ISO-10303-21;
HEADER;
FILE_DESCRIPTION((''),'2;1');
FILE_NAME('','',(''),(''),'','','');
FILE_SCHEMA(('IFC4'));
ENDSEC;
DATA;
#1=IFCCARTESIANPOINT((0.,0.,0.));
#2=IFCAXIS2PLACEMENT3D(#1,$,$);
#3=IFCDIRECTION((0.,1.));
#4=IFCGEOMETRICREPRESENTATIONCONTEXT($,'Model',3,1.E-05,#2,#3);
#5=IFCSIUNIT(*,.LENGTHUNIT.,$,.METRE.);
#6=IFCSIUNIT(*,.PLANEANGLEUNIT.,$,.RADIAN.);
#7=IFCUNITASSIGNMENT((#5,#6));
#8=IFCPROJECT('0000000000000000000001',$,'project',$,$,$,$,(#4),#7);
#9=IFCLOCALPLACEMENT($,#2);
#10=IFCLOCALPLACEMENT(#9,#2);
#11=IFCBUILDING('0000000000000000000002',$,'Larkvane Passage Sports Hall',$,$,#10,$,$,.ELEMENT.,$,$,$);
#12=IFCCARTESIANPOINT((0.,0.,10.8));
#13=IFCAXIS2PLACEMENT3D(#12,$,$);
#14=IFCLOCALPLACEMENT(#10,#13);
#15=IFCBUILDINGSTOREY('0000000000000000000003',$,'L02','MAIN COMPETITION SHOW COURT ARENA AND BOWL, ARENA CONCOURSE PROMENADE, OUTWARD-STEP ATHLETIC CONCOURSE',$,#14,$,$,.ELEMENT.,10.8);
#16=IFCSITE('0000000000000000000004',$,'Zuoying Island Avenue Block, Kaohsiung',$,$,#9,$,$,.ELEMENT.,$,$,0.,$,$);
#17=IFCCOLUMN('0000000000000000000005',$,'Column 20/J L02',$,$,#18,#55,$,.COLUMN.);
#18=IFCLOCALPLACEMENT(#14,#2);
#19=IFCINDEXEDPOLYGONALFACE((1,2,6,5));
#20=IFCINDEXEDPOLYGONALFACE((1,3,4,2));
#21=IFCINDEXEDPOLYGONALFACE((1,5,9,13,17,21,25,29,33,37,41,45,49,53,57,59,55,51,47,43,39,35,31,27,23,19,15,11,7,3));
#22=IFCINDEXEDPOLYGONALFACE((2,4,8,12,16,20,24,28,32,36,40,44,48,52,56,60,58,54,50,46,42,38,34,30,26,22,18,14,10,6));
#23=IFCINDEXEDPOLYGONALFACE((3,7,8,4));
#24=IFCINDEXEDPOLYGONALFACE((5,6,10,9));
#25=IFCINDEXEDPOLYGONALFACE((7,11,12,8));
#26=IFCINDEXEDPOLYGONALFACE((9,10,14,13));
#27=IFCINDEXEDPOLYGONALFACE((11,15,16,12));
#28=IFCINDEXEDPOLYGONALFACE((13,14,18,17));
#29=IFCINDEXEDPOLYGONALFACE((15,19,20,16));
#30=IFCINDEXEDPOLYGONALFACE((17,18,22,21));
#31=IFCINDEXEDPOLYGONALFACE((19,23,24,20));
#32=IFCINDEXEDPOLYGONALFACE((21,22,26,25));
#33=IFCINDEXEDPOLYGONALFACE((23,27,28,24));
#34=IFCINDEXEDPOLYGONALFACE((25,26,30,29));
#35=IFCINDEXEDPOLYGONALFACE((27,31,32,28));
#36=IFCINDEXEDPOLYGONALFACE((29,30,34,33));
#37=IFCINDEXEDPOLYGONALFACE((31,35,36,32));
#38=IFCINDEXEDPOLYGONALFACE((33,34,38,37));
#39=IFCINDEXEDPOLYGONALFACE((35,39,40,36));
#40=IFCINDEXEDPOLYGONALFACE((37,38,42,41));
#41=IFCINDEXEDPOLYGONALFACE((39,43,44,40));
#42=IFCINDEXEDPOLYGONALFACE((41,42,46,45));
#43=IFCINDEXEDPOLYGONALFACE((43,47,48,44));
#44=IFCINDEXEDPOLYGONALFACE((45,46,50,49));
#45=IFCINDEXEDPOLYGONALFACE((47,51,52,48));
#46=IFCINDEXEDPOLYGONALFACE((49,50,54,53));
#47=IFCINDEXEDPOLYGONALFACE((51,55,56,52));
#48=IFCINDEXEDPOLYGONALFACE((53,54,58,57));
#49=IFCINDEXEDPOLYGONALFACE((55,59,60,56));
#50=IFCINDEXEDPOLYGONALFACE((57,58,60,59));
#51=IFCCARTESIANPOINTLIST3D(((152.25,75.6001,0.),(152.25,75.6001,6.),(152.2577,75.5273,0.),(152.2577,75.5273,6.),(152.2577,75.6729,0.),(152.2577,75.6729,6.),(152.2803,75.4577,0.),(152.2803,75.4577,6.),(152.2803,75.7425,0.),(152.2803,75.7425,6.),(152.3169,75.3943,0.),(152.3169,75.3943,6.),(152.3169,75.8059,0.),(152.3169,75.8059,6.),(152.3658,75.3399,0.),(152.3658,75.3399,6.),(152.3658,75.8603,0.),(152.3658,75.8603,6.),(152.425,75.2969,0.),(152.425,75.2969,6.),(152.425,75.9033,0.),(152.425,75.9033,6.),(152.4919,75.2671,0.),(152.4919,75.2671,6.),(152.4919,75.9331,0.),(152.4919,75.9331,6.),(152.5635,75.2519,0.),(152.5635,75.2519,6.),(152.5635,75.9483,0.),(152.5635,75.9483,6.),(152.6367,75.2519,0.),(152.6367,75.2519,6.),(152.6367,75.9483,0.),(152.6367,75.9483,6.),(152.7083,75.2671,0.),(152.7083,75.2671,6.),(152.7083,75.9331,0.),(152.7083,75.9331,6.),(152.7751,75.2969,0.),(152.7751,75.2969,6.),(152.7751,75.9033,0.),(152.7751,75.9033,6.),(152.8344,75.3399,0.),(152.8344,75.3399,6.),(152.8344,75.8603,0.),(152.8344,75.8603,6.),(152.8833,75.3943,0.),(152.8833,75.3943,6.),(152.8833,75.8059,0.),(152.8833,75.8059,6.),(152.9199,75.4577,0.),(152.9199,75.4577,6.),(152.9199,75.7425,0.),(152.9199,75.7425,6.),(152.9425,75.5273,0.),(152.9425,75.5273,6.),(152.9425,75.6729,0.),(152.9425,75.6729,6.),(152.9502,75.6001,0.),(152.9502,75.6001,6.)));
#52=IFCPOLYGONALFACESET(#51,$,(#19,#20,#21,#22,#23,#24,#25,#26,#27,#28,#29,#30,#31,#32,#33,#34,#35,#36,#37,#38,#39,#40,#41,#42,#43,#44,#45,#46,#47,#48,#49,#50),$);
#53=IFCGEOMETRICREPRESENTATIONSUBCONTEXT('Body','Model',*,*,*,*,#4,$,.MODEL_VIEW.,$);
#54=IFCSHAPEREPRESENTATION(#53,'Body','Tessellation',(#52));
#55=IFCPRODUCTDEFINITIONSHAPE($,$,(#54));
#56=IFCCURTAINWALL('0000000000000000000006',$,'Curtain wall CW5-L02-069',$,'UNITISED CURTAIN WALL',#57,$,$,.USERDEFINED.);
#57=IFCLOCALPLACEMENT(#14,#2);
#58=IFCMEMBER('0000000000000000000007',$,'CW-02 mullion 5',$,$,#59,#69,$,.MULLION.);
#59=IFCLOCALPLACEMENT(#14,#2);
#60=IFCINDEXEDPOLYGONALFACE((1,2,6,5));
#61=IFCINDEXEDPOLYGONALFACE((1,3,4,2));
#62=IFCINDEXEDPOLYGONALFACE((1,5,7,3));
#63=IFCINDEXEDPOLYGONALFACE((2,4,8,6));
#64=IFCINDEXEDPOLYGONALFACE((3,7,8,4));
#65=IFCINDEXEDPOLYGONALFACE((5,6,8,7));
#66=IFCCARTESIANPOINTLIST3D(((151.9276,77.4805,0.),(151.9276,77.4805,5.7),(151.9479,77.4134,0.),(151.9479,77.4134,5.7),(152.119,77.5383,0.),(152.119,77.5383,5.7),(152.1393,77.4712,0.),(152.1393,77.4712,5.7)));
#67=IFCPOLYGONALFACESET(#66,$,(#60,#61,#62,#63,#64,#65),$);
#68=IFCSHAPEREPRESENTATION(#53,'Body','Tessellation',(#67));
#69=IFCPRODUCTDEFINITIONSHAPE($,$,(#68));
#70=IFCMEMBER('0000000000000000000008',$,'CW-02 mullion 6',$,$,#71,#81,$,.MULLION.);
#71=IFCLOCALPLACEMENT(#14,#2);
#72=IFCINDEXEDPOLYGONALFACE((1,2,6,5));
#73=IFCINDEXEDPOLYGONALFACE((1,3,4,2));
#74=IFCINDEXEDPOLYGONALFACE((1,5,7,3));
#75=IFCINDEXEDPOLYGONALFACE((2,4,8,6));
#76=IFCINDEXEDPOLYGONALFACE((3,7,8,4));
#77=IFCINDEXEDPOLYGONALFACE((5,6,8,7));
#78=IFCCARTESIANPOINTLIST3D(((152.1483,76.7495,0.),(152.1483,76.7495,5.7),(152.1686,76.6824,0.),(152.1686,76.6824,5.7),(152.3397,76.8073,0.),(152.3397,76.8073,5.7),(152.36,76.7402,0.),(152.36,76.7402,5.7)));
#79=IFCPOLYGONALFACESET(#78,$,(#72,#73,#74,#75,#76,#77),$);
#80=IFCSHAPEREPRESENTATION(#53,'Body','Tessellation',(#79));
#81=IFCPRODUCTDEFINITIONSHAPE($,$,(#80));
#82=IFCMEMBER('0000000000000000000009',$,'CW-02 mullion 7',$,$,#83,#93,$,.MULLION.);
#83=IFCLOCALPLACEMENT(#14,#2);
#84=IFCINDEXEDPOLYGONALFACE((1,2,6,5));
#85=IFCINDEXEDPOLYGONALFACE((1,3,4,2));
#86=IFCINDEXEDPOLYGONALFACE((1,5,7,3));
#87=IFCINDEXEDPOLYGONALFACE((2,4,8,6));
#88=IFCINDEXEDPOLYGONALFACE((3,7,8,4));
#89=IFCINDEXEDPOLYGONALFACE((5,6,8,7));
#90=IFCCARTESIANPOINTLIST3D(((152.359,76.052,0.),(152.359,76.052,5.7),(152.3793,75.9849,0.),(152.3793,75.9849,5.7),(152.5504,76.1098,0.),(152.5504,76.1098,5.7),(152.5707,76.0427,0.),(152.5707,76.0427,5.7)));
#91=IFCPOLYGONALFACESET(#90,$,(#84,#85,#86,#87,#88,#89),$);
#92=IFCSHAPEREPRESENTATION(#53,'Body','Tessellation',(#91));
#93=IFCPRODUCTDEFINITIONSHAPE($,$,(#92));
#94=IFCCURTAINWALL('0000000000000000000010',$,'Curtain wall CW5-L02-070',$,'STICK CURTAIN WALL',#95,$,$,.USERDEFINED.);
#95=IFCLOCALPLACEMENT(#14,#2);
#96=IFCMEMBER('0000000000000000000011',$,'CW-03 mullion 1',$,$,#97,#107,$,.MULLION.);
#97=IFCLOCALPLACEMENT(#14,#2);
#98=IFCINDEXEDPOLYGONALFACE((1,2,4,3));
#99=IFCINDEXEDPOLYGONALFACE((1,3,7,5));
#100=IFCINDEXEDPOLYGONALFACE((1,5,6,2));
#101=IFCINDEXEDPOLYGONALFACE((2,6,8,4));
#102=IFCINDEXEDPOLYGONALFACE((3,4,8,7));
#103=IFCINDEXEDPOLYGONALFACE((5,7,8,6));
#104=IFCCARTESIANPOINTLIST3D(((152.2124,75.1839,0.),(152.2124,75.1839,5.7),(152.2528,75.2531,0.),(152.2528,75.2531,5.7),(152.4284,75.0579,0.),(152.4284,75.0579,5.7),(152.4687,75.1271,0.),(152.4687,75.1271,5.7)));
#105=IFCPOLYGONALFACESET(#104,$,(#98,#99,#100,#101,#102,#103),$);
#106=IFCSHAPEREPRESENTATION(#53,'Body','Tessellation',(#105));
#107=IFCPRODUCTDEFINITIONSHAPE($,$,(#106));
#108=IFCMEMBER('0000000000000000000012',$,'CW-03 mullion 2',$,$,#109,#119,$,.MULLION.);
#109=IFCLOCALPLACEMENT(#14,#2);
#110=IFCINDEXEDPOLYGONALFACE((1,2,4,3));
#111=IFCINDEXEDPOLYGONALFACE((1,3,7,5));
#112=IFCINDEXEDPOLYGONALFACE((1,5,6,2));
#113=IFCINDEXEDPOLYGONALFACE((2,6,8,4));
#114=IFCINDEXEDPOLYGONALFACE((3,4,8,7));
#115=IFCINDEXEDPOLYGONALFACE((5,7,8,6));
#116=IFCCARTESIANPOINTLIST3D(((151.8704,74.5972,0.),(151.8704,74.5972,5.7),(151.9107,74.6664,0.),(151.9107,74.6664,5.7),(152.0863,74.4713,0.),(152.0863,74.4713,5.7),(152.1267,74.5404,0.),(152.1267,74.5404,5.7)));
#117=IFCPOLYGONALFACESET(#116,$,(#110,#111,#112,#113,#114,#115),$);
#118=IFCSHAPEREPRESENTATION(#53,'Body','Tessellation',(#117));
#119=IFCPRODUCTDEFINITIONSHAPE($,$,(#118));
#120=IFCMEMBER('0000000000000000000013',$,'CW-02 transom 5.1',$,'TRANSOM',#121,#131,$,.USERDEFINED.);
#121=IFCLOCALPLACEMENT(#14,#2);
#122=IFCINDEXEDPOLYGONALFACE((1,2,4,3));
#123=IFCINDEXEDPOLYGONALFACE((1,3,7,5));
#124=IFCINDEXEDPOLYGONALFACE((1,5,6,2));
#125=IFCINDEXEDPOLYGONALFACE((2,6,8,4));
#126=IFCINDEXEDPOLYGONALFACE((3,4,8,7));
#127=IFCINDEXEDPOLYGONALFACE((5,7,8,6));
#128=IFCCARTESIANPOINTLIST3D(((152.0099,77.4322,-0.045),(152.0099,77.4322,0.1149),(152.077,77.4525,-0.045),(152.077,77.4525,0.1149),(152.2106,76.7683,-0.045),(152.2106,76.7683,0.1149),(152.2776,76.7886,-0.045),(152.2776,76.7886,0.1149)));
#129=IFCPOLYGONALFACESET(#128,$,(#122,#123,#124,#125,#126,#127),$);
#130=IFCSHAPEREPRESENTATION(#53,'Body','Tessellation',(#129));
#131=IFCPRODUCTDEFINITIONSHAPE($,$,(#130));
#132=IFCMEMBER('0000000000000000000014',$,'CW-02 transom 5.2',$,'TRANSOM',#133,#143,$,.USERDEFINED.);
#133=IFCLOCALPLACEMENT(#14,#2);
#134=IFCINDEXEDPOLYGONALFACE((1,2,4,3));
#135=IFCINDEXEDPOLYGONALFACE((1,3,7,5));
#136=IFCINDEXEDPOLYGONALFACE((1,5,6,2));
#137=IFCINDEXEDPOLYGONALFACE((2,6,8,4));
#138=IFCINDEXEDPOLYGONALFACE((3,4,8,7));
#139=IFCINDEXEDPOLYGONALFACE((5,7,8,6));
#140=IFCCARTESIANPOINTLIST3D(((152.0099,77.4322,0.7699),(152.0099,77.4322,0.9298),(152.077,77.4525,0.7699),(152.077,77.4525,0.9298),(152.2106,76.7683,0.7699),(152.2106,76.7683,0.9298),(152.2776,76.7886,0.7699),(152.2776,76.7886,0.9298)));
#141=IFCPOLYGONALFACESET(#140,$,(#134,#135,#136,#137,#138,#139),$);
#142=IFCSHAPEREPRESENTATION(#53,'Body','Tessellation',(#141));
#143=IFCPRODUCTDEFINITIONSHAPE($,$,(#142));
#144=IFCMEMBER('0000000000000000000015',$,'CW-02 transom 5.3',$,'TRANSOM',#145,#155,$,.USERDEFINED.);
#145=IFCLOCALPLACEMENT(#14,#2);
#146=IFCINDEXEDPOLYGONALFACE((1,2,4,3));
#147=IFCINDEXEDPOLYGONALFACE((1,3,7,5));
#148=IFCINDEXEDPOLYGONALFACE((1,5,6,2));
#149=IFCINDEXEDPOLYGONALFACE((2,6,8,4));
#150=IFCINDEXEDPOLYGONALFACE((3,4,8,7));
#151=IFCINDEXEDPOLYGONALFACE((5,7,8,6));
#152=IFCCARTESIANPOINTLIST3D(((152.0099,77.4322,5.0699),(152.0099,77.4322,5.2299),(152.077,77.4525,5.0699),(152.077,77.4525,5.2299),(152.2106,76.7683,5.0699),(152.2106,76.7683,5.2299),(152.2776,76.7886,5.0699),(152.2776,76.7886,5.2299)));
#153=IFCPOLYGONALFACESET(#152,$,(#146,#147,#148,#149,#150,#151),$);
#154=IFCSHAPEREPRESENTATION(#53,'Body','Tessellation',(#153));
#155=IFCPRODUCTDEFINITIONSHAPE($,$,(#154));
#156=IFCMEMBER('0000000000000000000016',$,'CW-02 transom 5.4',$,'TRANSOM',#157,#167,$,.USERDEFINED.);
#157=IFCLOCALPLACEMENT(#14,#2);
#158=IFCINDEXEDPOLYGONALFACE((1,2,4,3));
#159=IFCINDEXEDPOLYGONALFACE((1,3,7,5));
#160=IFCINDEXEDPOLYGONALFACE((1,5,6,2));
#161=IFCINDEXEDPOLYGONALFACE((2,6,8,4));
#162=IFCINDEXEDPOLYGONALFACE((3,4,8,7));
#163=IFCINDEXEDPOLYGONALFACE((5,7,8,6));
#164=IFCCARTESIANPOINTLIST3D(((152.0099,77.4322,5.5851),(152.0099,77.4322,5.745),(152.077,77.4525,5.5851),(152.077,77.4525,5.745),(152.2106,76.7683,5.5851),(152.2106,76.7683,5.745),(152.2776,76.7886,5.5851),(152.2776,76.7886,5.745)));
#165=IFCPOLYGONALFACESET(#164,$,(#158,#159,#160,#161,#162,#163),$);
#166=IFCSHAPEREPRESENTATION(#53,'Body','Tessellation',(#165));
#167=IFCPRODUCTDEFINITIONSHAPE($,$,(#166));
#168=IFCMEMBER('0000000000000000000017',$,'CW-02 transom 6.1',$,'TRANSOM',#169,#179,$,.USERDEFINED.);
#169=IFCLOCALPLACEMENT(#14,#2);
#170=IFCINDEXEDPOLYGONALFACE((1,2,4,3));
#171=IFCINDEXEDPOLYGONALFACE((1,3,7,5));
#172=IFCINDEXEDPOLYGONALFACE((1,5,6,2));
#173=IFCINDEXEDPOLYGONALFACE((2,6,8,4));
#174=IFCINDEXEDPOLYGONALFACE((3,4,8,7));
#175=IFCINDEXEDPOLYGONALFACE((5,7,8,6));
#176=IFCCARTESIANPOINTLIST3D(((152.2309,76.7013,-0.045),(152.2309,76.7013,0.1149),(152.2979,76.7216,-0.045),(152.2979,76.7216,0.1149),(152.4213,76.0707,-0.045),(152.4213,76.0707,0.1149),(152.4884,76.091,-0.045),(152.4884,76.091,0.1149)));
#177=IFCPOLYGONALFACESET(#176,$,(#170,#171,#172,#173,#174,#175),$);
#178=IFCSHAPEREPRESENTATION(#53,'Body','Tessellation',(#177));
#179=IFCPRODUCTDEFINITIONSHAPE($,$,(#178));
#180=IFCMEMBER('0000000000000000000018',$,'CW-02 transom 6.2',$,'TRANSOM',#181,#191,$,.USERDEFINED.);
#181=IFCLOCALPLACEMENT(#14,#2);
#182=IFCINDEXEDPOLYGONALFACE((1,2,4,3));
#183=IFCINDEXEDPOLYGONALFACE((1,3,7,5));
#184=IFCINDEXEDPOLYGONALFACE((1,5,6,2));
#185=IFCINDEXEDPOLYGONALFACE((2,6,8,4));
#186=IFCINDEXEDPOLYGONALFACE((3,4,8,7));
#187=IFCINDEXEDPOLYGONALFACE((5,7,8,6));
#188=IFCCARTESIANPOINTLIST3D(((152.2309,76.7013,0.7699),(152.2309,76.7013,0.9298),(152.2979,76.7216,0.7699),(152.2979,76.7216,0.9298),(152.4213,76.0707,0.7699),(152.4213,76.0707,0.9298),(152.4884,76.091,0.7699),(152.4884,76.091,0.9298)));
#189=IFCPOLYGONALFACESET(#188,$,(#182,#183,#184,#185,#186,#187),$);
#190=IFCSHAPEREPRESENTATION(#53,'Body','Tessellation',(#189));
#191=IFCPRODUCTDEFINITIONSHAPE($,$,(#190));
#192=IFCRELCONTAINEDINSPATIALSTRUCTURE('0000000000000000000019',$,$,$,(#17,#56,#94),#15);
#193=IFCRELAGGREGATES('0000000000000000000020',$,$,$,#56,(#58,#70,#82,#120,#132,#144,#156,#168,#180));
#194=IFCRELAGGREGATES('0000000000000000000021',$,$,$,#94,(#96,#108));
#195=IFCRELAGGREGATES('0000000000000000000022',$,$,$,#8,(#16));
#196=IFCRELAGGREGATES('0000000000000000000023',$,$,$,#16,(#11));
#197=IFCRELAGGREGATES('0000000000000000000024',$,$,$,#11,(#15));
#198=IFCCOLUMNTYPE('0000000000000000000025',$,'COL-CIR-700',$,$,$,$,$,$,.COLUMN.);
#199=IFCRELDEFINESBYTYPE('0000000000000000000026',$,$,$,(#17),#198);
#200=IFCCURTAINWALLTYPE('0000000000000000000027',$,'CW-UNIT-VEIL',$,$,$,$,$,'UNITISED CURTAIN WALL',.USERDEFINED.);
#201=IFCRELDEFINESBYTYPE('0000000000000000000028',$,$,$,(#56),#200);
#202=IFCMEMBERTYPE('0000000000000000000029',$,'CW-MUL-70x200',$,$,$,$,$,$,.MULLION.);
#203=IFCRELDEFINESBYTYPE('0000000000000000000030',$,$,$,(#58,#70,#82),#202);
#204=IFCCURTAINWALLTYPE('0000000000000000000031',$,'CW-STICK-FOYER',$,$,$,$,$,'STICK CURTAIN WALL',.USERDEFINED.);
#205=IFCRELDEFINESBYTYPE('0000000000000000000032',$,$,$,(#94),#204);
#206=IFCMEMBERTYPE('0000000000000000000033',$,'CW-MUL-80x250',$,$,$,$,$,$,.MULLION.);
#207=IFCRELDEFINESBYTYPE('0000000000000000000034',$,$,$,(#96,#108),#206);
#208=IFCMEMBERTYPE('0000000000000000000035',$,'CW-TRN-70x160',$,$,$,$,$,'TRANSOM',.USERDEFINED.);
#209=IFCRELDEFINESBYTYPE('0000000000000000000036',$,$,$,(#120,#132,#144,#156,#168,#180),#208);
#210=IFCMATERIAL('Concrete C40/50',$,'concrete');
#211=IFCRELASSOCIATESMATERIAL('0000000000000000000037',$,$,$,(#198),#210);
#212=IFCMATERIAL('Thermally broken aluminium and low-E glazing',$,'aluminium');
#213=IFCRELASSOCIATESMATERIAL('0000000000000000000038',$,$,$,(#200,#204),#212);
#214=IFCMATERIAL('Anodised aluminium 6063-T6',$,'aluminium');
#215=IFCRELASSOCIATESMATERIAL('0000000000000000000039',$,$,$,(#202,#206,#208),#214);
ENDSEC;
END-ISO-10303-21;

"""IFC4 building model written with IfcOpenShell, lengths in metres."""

from ifc_helpers import new_model, si_unit, direction, frame, origin, origin_2d, place, context, subcontext, project, spatial, rectangle, circle, extrude, material, material_profile, profile_set, type_object, element, aggregate, save


model = new_model("IFC4")

# Units and contexts
model_context = context("Model", 3, precision=1e-05, world=origin(), true_north=direction((0.0, 1.0)))
body_context = subcontext(model_context, "Body", "Model", "MODEL_VIEW")
ifc_project = project(units=[si_unit("LENGTHUNIT", "METRE"), si_unit("PLANEANGLEUNIT", "RADIAN")], contexts=[model_context])

# Site, building, storey
site_placement = place(None, origin())
site = spatial("IfcSite", under=ifc_project, at=site_placement, Name="Zuoying Island Avenue Block, Kaohsiung", CompositionType="ELEMENT", RefElevation=0.0)
building_placement = place(site_placement, origin())
building = spatial("IfcBuilding", under=site, at=building_placement, Name="Larkvane Passage Sports Hall", CompositionType="ELEMENT")
storey_placement = place(building_placement, frame((0.0, 0.0, 10.8)))
storey = spatial("IfcBuildingStorey", under=building, at=storey_placement, Name="L02", Description="MAIN COMPETITION SHOW COURT ARENA AND BOWL, ARENA CONCOURSE PROMENADE, OUTWARD-STEP ATHLETIC CONCOURSE", CompositionType="ELEMENT", Elevation=10.8)

# Column
ifc_material_1 = material(Name="Concrete C40/50", Category="concrete")
ifc_material_profile_1 = material_profile(ifc_material_1, circle(Radius=0.3501, at=origin_2d()), Name="RC-CIR-700")
ifc_profile_set_1 = profile_set([ifc_material_profile_1], Name="Concrete C40/50")
column_type = type_object("IfcColumnType", Name="COL-CIR-700", PredefinedType="COLUMN", material=ifc_profile_set_1)
column_placement = place(storey_placement, frame((152.6001, 75.6001, 0.0), z_axis=(0.0, 0.0, 1.0), x_axis=(1.0, 0.0, 0.0)))
element("IfcColumn", 1, at=column_placement, inside=storey, type_object=column_type, Name="Column 20/J L02", PredefinedType="COLUMN", context=body_context, shape_type="SweptSolid", body=[
    extrude(circle(Radius=0.3501, at=origin_2d()), origin(), (0.0, 0.0, 1.0), 6.0),
])

# Curtain walls, members
ifc_material_2 = material(Name="Thermally broken aluminium and low-E glazing", Category="aluminium")
curtain_wall_type_1 = type_object("IfcCurtainWallType", Name="CW-UNIT-VEIL", ElementType="UNITISED CURTAIN WALL", PredefinedType="USERDEFINED", material=ifc_material_2)
curtain_wall_1_placement = place(storey_placement, origin())
curtain_wall_1 = element("IfcCurtainWall", 2, at=curtain_wall_1_placement, inside=storey, type_object=curtain_wall_type_1, Name="Curtain wall CW5-L02-069", ObjectType="UNITISED CURTAIN WALL", PredefinedType="USERDEFINED")
ifc_material_3 = material(Name="Anodised aluminium 6063-T6", Category="aluminium")
ifc_material_profile_2 = material_profile(ifc_material_3, rectangle(XDim=0.0701, YDim=0.2, at=origin_2d()), Name="ALU-MUL-70x200")
ifc_profile_set_2 = profile_set([ifc_material_profile_2], Name="Anodised aluminium 6063-T6")
member_type_1 = type_object("IfcMemberType", Name="CW-MUL-70x200", PredefinedType="MULLION", material=ifc_profile_set_2)
member_1_placement = place(storey_placement, frame((152.0334, 77.4758, 0.0), z_axis=(0.0, 0.0, 1.0), x_axis=(0.289177, -0.957276, 0.0)))
member_1 = element("IfcMember", 3, at=member_1_placement, type_object=member_type_1, Name="CW-02 mullion 5", PredefinedType="MULLION", context=body_context, shape_type="SweptSolid", body=[
    extrude(rectangle(XDim=0.0701, YDim=0.2, at=origin_2d()), origin(), (0.0, 0.0, 1.0), 5.7),
])
member_2_placement = place(storey_placement, frame((152.2542, 76.7449, 0.0), z_axis=(0.0, 0.0, 1.0), x_axis=(0.289177, -0.957276, 0.0)))
member_2 = element("IfcMember", 4, at=member_2_placement, type_object=member_type_1, Name="CW-02 mullion 6", PredefinedType="MULLION", context=body_context, shape_type="SweptSolid", body=[
    extrude(rectangle(XDim=0.0701, YDim=0.2, at=origin_2d()), origin(), (0.0, 0.0, 1.0), 5.7),
])
member_3_placement = place(storey_placement, frame((152.4648, 76.0474, 0.0), z_axis=(0.0, 0.0, 1.0), x_axis=(0.289177, -0.957276, 0.0)))
member_3 = element("IfcMember", 5, at=member_3_placement, type_object=member_type_1, Name="CW-02 mullion 7", PredefinedType="MULLION", context=body_context, shape_type="SweptSolid", body=[
    extrude(rectangle(XDim=0.0701, YDim=0.2, at=origin_2d()), origin(), (0.0, 0.0, 1.0), 5.7),
])
curtain_wall_type_2 = type_object("IfcCurtainWallType", Name="CW-STICK-FOYER", ElementType="STICK CURTAIN WALL", PredefinedType="USERDEFINED", material=ifc_material_2)
curtain_wall_2_placement = place(storey_placement, origin())
curtain_wall_2 = element("IfcCurtainWall", 6, at=curtain_wall_2_placement, inside=storey, type_object=curtain_wall_type_2, Name="Curtain wall CW5-L02-070", ObjectType="STICK CURTAIN WALL", PredefinedType="USERDEFINED")
ifc_material_profile_3 = material_profile(ifc_material_3, rectangle(XDim=0.0801, YDim=0.25, at=origin_2d()), Name="ALU-MUL-80x250")
ifc_profile_set_3 = profile_set([ifc_material_profile_3], Name="Anodised aluminium 6063-T6")
member_type_2 = type_object("IfcMemberType", Name="CW-MUL-80x250", PredefinedType="MULLION", material=ifc_profile_set_3)
member_4_placement = place(storey_placement, frame((152.3406, 75.1555, 0.0), z_axis=(0.0, 0.0, 1.0), x_axis=(-0.503867, -0.863781, 0.0)))
member_4 = element("IfcMember", 7, at=member_4_placement, type_object=member_type_2, Name="CW-03 mullion 1", PredefinedType="MULLION", context=body_context, shape_type="SweptSolid", body=[
    extrude(rectangle(XDim=0.0801, YDim=0.25, at=origin_2d()), origin(), (0.0, 0.0, 1.0), 5.7),
])
member_5_placement = place(storey_placement, frame((151.9985, 74.5688, 0.0), z_axis=(0.0, 0.0, 1.0), x_axis=(-0.503867, -0.863781, 0.0)))
member_5 = element("IfcMember", 8, at=member_5_placement, type_object=member_type_2, Name="CW-03 mullion 2", PredefinedType="MULLION", context=body_context, shape_type="SweptSolid", body=[
    extrude(rectangle(XDim=0.0801, YDim=0.25, at=origin_2d()), origin(), (0.0, 0.0, 1.0), 5.7),
])

# Members
ifc_material_profile_4 = material_profile(ifc_material_3, rectangle(XDim=0.0701, YDim=0.1599, at=origin_2d()), Name="ALU-TRN-70x160")
ifc_profile_set_4 = profile_set([ifc_material_profile_4], Name="Anodised aluminium 6063-T6")
member_type_3 = type_object("IfcMemberType", Name="CW-TRN-70x160", ElementType="TRANSOM", PredefinedType="USERDEFINED", material=ifc_profile_set_4)
member_6_placement = place(storey_placement, frame((152.0435, 77.4424, 0.0349), z_axis=(0.289285, -0.957243, 0.0), x_axis=(0.957243, 0.289285, 0.0)))
member_6 = element("IfcMember", 9, at=member_6_placement, type_object=member_type_3, Name="CW-02 transom 5.1", ObjectType="TRANSOM", PredefinedType="USERDEFINED", context=body_context, shape_type="SweptSolid", body=[
    extrude(rectangle(XDim=0.0701, YDim=0.1599, at=origin_2d()), origin(), (0.0, 0.0, 1.0), 0.6936),
])
member_7_placement = place(storey_placement, frame((152.0435, 77.4424, 0.8499), z_axis=(0.289285, -0.957243, 0.0), x_axis=(0.957243, 0.289285, 0.0)))
member_7 = element("IfcMember", 10, at=member_7_placement, type_object=member_type_3, Name="CW-02 transom 5.2", ObjectType="TRANSOM", PredefinedType="USERDEFINED", context=body_context, shape_type="SweptSolid", body=[
    extrude(rectangle(XDim=0.0701, YDim=0.1599, at=origin_2d()), origin(), (0.0, 0.0, 1.0), 0.6936),
])
member_8_placement = place(storey_placement, frame((152.0435, 77.4424, 5.1499), z_axis=(0.289285, -0.957243, 0.0), x_axis=(0.957243, 0.289285, 0.0)))
member_8 = element("IfcMember", 11, at=member_8_placement, type_object=member_type_3, Name="CW-02 transom 5.3", ObjectType="TRANSOM", PredefinedType="USERDEFINED", context=body_context, shape_type="SweptSolid", body=[
    extrude(rectangle(XDim=0.0701, YDim=0.1599, at=origin_2d()), origin(), (0.0, 0.0, 1.0), 0.6936),
])
member_9_placement = place(storey_placement, frame((152.0435, 77.4424, 5.665), z_axis=(0.289285, -0.957243, 0.0), x_axis=(0.957243, 0.289285, 0.0)))
member_9 = element("IfcMember", 12, at=member_9_placement, type_object=member_type_3, Name="CW-02 transom 5.4", ObjectType="TRANSOM", PredefinedType="USERDEFINED", context=body_context, shape_type="SweptSolid", body=[
    extrude(rectangle(XDim=0.0701, YDim=0.1599, at=origin_2d()), origin(), (0.0, 0.0, 1.0), 0.6936),
])
member_10_placement = place(storey_placement, frame((152.2644, 76.7114, 0.0349), z_axis=(0.289081, -0.957304, 0.0), x_axis=(0.957304, 0.289081, 0.0)))
member_10 = element("IfcMember", 13, at=member_10_placement, type_object=member_type_3, Name="CW-02 transom 6.1", ObjectType="TRANSOM", PredefinedType="USERDEFINED", context=body_context, shape_type="SweptSolid", body=[
    extrude(rectangle(XDim=0.0701, YDim=0.1599, at=origin_2d()), origin(), (0.0, 0.0, 1.0), 0.6587),
])
member_11_placement = place(storey_placement, frame((152.2644, 76.7114, 0.8499), z_axis=(0.289081, -0.957304, 0.0), x_axis=(0.957304, 0.289081, 0.0)))
member_11 = element("IfcMember", 14, at=member_11_placement, type_object=member_type_3, Name="CW-02 transom 6.2", ObjectType="TRANSOM", PredefinedType="USERDEFINED", context=body_context, shape_type="SweptSolid", body=[
    extrude(rectangle(XDim=0.0701, YDim=0.1599, at=origin_2d()), origin(), (0.0, 0.0, 1.0), 0.6587),
])

aggregate(curtain_wall_1, [member_1, member_2, member_3, member_6, member_7, member_8, member_9, member_10, member_11])
aggregate(curtain_wall_2, [member_4, member_5])

save(model, "model.ifc")
